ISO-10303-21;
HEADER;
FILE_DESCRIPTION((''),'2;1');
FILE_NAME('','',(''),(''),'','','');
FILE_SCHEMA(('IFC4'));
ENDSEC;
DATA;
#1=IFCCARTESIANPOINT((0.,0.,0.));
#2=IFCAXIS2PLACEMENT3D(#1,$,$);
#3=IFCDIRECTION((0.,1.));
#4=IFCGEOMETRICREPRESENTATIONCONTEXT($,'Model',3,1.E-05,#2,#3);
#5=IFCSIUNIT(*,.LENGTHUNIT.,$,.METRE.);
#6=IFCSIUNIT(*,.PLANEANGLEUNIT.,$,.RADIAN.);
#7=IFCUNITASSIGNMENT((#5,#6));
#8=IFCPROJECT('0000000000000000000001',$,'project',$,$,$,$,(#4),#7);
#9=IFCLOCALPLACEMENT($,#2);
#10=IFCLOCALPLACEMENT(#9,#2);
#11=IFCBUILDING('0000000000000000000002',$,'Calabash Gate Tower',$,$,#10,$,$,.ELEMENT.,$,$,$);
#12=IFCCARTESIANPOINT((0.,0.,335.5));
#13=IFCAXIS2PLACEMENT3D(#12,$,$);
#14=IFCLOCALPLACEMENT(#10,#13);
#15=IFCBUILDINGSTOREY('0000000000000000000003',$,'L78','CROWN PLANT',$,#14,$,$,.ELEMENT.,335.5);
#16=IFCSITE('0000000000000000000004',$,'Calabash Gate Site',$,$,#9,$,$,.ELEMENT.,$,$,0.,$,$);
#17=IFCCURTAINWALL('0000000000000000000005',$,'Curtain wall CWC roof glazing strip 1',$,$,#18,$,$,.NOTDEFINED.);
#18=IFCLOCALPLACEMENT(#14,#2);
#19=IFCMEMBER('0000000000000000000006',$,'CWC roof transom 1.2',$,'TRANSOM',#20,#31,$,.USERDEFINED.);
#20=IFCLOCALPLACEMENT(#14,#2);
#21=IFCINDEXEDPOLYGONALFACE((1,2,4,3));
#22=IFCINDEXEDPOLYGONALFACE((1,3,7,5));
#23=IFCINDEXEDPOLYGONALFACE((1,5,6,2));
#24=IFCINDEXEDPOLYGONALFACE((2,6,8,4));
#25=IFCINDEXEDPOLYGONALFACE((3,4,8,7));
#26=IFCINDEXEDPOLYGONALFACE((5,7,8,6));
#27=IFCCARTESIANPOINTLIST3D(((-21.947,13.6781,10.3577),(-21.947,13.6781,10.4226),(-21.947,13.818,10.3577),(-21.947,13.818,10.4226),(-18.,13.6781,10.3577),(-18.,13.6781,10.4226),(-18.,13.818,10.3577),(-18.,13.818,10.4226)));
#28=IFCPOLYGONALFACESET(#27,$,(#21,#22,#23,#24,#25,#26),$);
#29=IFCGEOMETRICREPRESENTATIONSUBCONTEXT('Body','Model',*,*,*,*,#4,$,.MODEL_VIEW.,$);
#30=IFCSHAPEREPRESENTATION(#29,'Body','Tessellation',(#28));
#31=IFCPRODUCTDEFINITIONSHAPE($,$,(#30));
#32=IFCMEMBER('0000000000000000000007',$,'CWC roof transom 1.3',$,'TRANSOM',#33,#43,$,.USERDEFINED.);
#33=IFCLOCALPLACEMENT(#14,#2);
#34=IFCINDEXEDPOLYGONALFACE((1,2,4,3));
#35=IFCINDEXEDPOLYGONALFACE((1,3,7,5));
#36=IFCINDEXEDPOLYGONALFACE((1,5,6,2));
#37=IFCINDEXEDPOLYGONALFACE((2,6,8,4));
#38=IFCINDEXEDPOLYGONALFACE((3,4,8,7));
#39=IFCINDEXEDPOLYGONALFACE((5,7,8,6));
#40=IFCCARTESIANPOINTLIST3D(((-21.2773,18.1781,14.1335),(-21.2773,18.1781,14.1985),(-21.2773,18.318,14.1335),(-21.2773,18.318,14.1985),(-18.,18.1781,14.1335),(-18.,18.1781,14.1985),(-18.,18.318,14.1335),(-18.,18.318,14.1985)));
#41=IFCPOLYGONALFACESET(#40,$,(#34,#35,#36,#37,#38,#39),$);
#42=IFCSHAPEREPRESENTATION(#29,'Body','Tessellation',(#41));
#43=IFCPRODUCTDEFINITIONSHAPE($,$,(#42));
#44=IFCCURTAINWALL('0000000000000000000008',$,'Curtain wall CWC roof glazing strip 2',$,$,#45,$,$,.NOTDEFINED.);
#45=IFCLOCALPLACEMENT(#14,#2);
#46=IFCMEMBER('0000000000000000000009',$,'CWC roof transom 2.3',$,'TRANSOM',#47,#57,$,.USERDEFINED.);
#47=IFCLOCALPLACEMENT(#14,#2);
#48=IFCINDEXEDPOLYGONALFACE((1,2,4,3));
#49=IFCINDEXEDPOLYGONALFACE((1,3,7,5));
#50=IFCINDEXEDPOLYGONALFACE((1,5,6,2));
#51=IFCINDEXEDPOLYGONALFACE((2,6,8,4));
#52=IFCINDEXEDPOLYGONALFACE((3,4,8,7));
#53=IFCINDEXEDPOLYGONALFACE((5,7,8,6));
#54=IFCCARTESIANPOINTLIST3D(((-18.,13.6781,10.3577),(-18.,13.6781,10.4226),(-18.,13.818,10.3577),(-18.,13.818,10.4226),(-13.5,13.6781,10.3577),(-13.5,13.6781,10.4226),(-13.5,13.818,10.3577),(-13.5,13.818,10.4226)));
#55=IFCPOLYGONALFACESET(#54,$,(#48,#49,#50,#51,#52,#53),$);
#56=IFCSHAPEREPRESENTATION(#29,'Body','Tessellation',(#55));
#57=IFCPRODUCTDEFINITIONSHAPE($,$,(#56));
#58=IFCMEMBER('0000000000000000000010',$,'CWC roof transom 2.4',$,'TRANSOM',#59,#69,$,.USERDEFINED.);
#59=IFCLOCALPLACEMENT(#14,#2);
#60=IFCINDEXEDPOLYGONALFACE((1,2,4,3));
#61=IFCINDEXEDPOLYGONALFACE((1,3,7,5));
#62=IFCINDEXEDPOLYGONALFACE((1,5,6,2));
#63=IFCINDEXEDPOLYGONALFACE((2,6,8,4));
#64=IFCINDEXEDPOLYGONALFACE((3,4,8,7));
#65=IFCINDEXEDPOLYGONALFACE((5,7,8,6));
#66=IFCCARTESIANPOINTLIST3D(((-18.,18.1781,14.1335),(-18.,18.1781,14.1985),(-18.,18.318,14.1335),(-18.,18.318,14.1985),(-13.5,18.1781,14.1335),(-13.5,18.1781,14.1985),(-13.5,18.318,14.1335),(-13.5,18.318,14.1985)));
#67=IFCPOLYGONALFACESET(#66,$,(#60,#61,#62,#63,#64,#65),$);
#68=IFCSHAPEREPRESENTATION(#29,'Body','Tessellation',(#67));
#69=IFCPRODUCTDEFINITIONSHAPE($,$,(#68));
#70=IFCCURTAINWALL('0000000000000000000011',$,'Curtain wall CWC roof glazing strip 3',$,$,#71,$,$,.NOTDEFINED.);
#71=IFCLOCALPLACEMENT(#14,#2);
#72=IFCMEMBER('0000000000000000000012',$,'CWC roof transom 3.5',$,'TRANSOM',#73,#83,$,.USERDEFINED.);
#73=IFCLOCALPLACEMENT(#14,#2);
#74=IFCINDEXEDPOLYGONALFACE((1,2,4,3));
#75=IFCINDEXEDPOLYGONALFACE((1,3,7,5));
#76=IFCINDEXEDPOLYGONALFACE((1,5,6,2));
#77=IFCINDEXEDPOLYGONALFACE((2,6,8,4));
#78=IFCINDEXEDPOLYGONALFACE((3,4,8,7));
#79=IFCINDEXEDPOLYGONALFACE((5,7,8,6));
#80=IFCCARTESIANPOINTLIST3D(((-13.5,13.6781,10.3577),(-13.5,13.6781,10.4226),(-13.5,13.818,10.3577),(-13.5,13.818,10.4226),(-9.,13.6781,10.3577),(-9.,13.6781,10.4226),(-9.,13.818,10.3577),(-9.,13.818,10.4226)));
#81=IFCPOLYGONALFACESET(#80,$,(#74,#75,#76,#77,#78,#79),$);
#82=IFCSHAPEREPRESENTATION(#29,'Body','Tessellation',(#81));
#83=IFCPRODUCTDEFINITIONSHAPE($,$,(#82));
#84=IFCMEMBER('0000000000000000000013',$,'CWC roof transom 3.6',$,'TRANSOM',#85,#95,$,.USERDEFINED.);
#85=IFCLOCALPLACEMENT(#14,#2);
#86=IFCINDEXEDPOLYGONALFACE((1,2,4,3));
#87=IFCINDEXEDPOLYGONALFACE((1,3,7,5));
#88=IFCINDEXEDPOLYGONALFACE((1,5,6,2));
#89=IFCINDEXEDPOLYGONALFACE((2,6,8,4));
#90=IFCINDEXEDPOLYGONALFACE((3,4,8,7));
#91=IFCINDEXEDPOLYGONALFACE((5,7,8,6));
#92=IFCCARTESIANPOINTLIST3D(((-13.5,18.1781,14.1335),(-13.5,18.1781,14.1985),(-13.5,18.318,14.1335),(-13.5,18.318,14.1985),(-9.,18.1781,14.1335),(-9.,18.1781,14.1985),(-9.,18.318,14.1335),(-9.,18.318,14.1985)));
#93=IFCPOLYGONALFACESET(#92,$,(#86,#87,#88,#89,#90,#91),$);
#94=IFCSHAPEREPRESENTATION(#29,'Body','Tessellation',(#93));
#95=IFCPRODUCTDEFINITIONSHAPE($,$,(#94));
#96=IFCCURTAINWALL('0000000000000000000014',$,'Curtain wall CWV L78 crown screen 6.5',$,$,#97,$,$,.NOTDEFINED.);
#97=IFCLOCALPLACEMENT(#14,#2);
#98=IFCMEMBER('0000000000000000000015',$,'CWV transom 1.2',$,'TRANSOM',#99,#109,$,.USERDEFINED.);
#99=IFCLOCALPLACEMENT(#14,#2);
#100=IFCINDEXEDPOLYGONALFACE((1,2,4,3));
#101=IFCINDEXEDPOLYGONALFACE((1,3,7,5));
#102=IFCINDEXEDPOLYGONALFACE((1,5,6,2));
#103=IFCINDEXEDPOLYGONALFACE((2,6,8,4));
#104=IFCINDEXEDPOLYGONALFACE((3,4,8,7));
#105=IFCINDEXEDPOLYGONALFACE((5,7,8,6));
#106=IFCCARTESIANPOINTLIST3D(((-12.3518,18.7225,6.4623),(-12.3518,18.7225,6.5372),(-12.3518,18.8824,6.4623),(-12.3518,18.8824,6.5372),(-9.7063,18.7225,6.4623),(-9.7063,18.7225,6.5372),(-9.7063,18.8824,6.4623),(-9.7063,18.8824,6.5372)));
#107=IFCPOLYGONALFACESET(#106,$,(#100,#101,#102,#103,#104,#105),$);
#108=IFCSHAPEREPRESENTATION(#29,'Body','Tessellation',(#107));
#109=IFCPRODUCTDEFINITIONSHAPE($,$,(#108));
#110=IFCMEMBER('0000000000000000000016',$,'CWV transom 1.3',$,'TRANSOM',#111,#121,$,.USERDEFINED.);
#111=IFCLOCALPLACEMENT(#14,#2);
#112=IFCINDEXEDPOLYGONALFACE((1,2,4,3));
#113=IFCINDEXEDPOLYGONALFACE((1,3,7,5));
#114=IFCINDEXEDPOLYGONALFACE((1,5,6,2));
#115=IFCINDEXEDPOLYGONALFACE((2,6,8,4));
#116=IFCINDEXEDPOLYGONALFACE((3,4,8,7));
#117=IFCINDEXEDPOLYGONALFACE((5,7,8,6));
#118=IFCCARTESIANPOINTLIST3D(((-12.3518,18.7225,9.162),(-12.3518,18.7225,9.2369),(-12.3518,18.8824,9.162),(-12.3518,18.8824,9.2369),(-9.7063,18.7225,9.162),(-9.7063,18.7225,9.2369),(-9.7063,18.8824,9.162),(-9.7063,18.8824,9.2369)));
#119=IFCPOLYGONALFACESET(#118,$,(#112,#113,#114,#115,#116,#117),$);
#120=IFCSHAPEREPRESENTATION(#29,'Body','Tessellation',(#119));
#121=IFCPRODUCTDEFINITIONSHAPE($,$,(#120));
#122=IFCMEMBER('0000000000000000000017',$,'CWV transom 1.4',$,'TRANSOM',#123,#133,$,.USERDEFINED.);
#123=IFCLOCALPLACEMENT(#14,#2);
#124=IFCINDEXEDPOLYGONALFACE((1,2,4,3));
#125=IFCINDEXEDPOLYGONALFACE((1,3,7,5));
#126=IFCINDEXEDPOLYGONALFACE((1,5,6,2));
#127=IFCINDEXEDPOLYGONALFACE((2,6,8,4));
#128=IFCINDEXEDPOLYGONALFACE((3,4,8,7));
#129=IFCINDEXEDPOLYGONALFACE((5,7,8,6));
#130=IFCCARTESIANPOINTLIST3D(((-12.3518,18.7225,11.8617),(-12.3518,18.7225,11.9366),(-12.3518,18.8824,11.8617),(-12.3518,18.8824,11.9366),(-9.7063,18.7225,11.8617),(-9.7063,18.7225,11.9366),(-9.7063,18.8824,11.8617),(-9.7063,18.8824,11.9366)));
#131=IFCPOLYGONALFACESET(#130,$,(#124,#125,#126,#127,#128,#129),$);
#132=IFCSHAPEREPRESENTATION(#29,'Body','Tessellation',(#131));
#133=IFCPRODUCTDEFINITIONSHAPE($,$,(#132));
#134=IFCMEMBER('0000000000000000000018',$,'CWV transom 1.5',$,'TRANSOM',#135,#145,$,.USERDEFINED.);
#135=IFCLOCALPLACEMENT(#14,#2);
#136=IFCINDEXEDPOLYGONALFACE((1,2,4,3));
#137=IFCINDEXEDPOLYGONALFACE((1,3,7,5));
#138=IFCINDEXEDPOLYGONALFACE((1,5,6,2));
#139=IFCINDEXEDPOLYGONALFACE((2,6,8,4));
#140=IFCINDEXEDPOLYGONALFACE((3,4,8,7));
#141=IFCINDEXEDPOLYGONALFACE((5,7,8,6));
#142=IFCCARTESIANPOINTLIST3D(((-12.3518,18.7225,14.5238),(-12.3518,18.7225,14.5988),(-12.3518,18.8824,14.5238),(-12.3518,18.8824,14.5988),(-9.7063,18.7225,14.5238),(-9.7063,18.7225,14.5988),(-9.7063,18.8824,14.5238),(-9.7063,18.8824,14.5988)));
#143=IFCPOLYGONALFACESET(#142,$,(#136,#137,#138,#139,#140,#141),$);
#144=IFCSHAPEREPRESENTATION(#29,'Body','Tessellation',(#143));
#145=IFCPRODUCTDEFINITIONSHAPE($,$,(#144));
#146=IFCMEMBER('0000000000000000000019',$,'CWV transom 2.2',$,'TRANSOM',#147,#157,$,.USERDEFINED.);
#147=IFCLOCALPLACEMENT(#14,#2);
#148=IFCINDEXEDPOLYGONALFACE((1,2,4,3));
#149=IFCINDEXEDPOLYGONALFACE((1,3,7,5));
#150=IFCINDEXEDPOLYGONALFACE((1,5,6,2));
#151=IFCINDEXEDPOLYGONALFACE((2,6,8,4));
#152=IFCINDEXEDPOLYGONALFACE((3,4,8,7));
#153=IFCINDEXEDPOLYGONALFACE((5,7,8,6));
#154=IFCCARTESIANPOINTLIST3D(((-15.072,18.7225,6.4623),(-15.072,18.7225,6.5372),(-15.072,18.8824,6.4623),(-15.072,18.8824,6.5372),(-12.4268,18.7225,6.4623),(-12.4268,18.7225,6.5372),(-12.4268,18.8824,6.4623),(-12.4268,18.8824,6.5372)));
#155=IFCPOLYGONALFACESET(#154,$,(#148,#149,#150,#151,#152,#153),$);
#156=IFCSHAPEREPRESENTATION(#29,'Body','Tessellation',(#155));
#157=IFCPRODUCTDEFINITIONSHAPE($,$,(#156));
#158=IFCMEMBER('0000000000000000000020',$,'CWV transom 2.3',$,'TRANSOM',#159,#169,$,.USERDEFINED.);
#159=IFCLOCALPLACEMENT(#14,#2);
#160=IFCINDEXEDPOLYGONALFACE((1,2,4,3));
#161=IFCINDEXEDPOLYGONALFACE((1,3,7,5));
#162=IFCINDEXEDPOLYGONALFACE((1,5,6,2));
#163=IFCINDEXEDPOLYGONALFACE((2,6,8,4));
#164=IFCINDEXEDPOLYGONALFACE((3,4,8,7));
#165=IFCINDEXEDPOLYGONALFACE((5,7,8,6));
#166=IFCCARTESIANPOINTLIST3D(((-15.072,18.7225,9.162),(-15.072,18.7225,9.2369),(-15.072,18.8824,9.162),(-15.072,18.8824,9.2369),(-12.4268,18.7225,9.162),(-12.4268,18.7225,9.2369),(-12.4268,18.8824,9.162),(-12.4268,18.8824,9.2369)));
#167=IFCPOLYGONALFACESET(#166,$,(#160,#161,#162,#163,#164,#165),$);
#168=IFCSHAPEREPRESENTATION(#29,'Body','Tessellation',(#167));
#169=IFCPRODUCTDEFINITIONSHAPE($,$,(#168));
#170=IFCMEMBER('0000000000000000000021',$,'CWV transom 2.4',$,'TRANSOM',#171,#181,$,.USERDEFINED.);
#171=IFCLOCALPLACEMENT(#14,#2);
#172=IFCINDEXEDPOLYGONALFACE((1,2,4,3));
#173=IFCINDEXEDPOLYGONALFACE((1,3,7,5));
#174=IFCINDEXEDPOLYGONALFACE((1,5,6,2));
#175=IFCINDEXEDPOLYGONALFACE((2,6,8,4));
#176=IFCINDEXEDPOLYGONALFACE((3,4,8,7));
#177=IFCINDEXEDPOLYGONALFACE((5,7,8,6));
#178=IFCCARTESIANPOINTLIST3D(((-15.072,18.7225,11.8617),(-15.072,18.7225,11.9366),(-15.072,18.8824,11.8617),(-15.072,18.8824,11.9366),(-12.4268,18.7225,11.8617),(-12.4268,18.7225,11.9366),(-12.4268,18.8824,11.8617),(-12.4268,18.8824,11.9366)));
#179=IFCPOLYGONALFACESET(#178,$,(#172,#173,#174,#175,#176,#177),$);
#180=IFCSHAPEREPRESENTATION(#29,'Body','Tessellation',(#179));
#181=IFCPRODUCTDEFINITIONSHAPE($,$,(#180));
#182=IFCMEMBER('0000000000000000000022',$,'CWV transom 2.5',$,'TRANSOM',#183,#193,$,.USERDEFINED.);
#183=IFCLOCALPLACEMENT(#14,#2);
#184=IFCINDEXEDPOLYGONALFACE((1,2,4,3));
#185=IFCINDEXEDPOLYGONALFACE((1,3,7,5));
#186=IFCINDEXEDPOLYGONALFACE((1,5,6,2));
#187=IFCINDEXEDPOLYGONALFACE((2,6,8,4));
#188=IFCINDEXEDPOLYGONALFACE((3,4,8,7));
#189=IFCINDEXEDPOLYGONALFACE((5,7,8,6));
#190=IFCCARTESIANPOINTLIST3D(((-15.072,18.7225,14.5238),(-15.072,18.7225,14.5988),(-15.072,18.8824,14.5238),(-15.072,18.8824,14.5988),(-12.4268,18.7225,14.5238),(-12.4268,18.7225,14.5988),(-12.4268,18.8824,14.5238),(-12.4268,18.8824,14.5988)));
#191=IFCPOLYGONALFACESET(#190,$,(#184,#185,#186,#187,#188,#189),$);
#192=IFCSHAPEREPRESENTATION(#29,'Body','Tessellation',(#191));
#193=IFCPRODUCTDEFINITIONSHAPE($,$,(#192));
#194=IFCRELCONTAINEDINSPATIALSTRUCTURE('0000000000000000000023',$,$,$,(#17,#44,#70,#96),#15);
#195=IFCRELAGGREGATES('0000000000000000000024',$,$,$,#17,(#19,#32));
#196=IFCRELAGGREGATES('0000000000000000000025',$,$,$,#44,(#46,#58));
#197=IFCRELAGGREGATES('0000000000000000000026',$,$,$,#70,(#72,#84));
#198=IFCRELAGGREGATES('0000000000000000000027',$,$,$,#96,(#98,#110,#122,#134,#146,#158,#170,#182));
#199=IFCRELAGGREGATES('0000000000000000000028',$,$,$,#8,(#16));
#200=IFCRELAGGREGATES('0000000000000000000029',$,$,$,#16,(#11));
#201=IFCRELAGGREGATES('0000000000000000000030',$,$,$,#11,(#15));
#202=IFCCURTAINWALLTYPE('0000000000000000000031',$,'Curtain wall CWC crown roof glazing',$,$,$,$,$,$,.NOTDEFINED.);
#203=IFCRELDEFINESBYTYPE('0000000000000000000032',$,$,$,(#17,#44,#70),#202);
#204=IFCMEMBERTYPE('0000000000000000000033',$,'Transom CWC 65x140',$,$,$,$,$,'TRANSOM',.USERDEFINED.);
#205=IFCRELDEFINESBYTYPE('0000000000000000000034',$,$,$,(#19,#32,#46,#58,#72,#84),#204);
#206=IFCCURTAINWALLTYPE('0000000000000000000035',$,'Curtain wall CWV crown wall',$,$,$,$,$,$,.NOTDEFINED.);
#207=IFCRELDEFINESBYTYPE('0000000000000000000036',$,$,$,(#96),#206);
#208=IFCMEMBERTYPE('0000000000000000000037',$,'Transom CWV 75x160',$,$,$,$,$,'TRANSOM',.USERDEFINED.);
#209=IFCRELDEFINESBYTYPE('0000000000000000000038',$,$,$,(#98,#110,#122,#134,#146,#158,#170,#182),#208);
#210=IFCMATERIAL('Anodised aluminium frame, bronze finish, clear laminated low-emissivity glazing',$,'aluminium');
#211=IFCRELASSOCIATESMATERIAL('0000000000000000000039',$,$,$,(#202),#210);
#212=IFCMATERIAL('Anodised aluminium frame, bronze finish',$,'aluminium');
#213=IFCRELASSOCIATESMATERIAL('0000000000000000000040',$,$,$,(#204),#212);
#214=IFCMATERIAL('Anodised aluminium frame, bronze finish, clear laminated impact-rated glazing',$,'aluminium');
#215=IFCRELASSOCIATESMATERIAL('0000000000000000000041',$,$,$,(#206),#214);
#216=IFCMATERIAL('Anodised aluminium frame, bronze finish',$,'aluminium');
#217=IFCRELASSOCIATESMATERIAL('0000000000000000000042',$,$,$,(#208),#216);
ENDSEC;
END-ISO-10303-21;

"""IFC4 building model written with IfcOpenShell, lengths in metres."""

from ifc_helpers import new_model, si_unit, direction, frame, origin, origin_2d, place, context, subcontext, project, spatial, rectangle, extrude, material, material_profile, profile_set, type_object, element, aggregate, save


model = new_model("IFC4")

# Units and contexts
model_context = context("Model", 3, precision=1e-05, world=origin(), true_north=direction((0.0, 1.0)))
body_context = subcontext(model_context, "Body", "Model", "MODEL_VIEW")
ifc_project = project(units=[si_unit("LENGTHUNIT", "METRE"), si_unit("PLANEANGLEUNIT", "RADIAN")], contexts=[model_context])

# Site, building, storey
site_placement = place(None, origin())
site = spatial("IfcSite", under=ifc_project, at=site_placement, Name="Calabash Gate Site", CompositionType="ELEMENT", RefElevation=0.0)
building_placement = place(site_placement, origin())
building = spatial("IfcBuilding", under=site, at=building_placement, Name="Calabash Gate Tower", CompositionType="ELEMENT")
storey_placement = place(building_placement, frame((0.0, 0.0, 335.5)))
storey = spatial("IfcBuildingStorey", under=building, at=storey_placement, Name="L78", Description="CROWN PLANT", CompositionType="ELEMENT", Elevation=335.5)

# Curtain walls, members
ifc_material_1 = material(Name="Anodised aluminium frame, bronze finish, clear laminated low-emissivity glazing", Category="aluminium")
curtain_wall_type_1 = type_object("IfcCurtainWallType", Name="Curtain wall CWC crown roof glazing", PredefinedType="NOTDEFINED", material=ifc_material_1)
curtain_wall_1_placement = place(storey_placement, origin())
curtain_wall_1 = element("IfcCurtainWall", 1, at=curtain_wall_1_placement, inside=storey, type_object=curtain_wall_type_1, Name="Curtain wall CWC roof glazing strip 1", PredefinedType="NOTDEFINED")
ifc_material_2 = material(Name="Anodised aluminium frame, bronze finish", Category="aluminium")
ifc_material_profile_1 = material_profile(ifc_material_2, rectangle(XDim=0.1399, YDim=0.0649, at=origin_2d()))
ifc_profile_set_1 = profile_set([ifc_material_profile_1], Name="Anodised aluminium frame, bronze finish")
member_type_1 = type_object("IfcMemberType", Name="Transom CWC 65x140", ElementType="TRANSOM", PredefinedType="USERDEFINED", material=ifc_profile_set_1)
member_1_placement = place(storey_placement, frame((-21.947, 13.748, 10.3901), z_axis=(1.0, 0.0, 0.0), x_axis=(0.0, 1.0, 0.0)))
member_1 = element("IfcMember", 2, at=member_1_placement, type_object=member_type_1, Name="CWC roof transom 1.2", ObjectType="TRANSOM", PredefinedType="USERDEFINED", context=body_context, shape_type="SweptSolid", body=[
    extrude(rectangle(XDim=0.1399, YDim=0.0649, at=origin_2d()), origin(), (0.0, 0.0, 1.0), 3.947),
])
member_2_placement = place(storey_placement, frame((-21.2773, 18.248, 14.166), z_axis=(1.0, 0.0, 0.0), x_axis=(0.0, 1.0, 0.0)))
member_2 = element("IfcMember", 3, at=member_2_placement, type_object=member_type_1, Name="CWC roof transom 1.3", ObjectType="TRANSOM", PredefinedType="USERDEFINED", context=body_context, shape_type="SweptSolid", body=[
    extrude(rectangle(XDim=0.1399, YDim=0.0649, at=origin_2d()), origin(), (0.0, 0.0, 1.0), 3.2773),
])
curtain_wall_2_placement = place(storey_placement, origin())
curtain_wall_2 = element("IfcCurtainWall", 4, at=curtain_wall_2_placement, inside=storey, type_object=curtain_wall_type_1, Name="Curtain wall CWC roof glazing strip 2", PredefinedType="NOTDEFINED")
member_3_placement = place(storey_placement, frame((-18.0, 13.748, 10.3901), z_axis=(1.0, 0.0, 0.0), x_axis=(0.0, 1.0, 0.0)))
member_3 = element("IfcMember", 5, at=member_3_placement, type_object=member_type_1, Name="CWC roof transom 2.3", ObjectType="TRANSOM", PredefinedType="USERDEFINED", context=body_context, shape_type="SweptSolid", body=[
    extrude(rectangle(XDim=0.1399, YDim=0.0649, at=origin_2d()), origin(), (0.0, 0.0, 1.0), 4.5),
])
member_4_placement = place(storey_placement, frame((-18.0, 18.248, 14.166), z_axis=(1.0, 0.0, 0.0), x_axis=(0.0, 1.0, 0.0)))
member_4 = element("IfcMember", 6, at=member_4_placement, type_object=member_type_1, Name="CWC roof transom 2.4", ObjectType="TRANSOM", PredefinedType="USERDEFINED", context=body_context, shape_type="SweptSolid", body=[
    extrude(rectangle(XDim=0.1399, YDim=0.0649, at=origin_2d()), origin(), (0.0, 0.0, 1.0), 4.5),
])
curtain_wall_3_placement = place(storey_placement, origin())
curtain_wall_3 = element("IfcCurtainWall", 7, at=curtain_wall_3_placement, inside=storey, type_object=curtain_wall_type_1, Name="Curtain wall CWC roof glazing strip 3", PredefinedType="NOTDEFINED")
member_5_placement = place(storey_placement, frame((-13.5, 13.748, 10.3901), z_axis=(1.0, 0.0, 0.0), x_axis=(0.0, 1.0, 0.0)))
member_5 = element("IfcMember", 8, at=member_5_placement, type_object=member_type_1, Name="CWC roof transom 3.5", ObjectType="TRANSOM", PredefinedType="USERDEFINED", context=body_context, shape_type="SweptSolid", body=[
    extrude(rectangle(XDim=0.1399, YDim=0.0649, at=origin_2d()), origin(), (0.0, 0.0, 1.0), 4.5),
])
member_6_placement = place(storey_placement, frame((-13.5, 18.248, 14.166), z_axis=(1.0, 0.0, 0.0), x_axis=(0.0, 1.0, 0.0)))
member_6 = element("IfcMember", 9, at=member_6_placement, type_object=member_type_1, Name="CWC roof transom 3.6", ObjectType="TRANSOM", PredefinedType="USERDEFINED", context=body_context, shape_type="SweptSolid", body=[
    extrude(rectangle(XDim=0.1399, YDim=0.0649, at=origin_2d()), origin(), (0.0, 0.0, 1.0), 4.5),
])
ifc_material_3 = material(Name="Anodised aluminium frame, bronze finish, clear laminated impact-rated glazing", Category="aluminium")
curtain_wall_type_2 = type_object("IfcCurtainWallType", Name="Curtain wall CWV crown wall", PredefinedType="NOTDEFINED", material=ifc_material_3)
curtain_wall_4_placement = place(storey_placement, origin())
curtain_wall_4 = element("IfcCurtainWall", 10, at=curtain_wall_4_placement, inside=storey, type_object=curtain_wall_type_2, Name="Curtain wall CWV L78 crown screen 6.5", PredefinedType="NOTDEFINED")
ifc_material_4 = material(Name="Anodised aluminium frame, bronze finish", Category="aluminium")
ifc_material_profile_2 = material_profile(ifc_material_4, rectangle(XDim=0.1599, YDim=0.075, at=origin_2d()))
ifc_profile_set_2 = profile_set([ifc_material_profile_2], Name="Anodised aluminium frame, bronze finish")
member_type_2 = type_object("IfcMemberType", Name="Transom CWV 75x160", ElementType="TRANSOM", PredefinedType="USERDEFINED", material=ifc_profile_set_2)
member_7_placement = place(storey_placement, frame((-9.7063, 18.8025, 6.4998), z_axis=(-1.0, 0.0, 0.0), x_axis=(0.0, -1.0, 0.0)))
member_7 = element("IfcMember", 11, at=member_7_placement, type_object=member_type_2, Name="CWV transom 1.2", ObjectType="TRANSOM", PredefinedType="USERDEFINED", context=body_context, shape_type="SweptSolid", body=[
    extrude(rectangle(XDim=0.1599, YDim=0.075, at=origin_2d()), origin(), (0.0, 0.0, 1.0), 2.6455),
])
member_8_placement = place(storey_placement, frame((-9.7063, 18.8025, 9.1995), z_axis=(-1.0, 0.0, 0.0), x_axis=(0.0, -1.0, 0.0)))
member_8 = element("IfcMember", 12, at=member_8_placement, type_object=member_type_2, Name="CWV transom 1.3", ObjectType="TRANSOM", PredefinedType="USERDEFINED", context=body_context, shape_type="SweptSolid", body=[
    extrude(rectangle(XDim=0.1599, YDim=0.075, at=origin_2d()), origin(), (0.0, 0.0, 1.0), 2.6455),
])
member_9_placement = place(storey_placement, frame((-9.7063, 18.8025, 11.8992), z_axis=(-1.0, 0.0, 0.0), x_axis=(0.0, -1.0, 0.0)))
member_9 = element("IfcMember", 13, at=member_9_placement, type_object=member_type_2, Name="CWV transom 1.4", ObjectType="TRANSOM", PredefinedType="USERDEFINED", context=body_context, shape_type="SweptSolid", body=[
    extrude(rectangle(XDim=0.1599, YDim=0.075, at=origin_2d()), origin(), (0.0, 0.0, 1.0), 2.6455),
])
member_10_placement = place(storey_placement, frame((-9.7063, 18.8025, 14.5613), z_axis=(-1.0, 0.0, 0.0), x_axis=(0.0, -1.0, 0.0)))
member_10 = element("IfcMember", 14, at=member_10_placement, type_object=member_type_2, Name="CWV transom 1.5", ObjectType="TRANSOM", PredefinedType="USERDEFINED", context=body_context, shape_type="SweptSolid", body=[
    extrude(rectangle(XDim=0.1599, YDim=0.075, at=origin_2d()), origin(), (0.0, 0.0, 1.0), 2.6455),
])
member_11_placement = place(storey_placement, frame((-12.4268, 18.8025, 6.4998), z_axis=(-1.0, 0.0, 0.0), x_axis=(0.0, -1.0, 0.0)))
member_11 = element("IfcMember", 15, at=member_11_placement, type_object=member_type_2, Name="CWV transom 2.2", ObjectType="TRANSOM", PredefinedType="USERDEFINED", context=body_context, shape_type="SweptSolid", body=[
    extrude(rectangle(XDim=0.1599, YDim=0.075, at=origin_2d()), origin(), (0.0, 0.0, 1.0), 2.6453),
])
member_12_placement = place(storey_placement, frame((-12.4268, 18.8025, 9.1995), z_axis=(-1.0, 0.0, 0.0), x_axis=(0.0, -1.0, 0.0)))
member_12 = element("IfcMember", 16, at=member_12_placement, type_object=member_type_2, Name="CWV transom 2.3", ObjectType="TRANSOM", PredefinedType="USERDEFINED", context=body_context, shape_type="SweptSolid", body=[
    extrude(rectangle(XDim=0.1599, YDim=0.075, at=origin_2d()), origin(), (0.0, 0.0, 1.0), 2.6453),
])
member_13_placement = place(storey_placement, frame((-12.4268, 18.8025, 11.8992), z_axis=(-1.0, 0.0, 0.0), x_axis=(0.0, -1.0, 0.0)))
member_13 = element("IfcMember", 17, at=member_13_placement, type_object=member_type_2, Name="CWV transom 2.4", ObjectType="TRANSOM", PredefinedType="USERDEFINED", context=body_context, shape_type="SweptSolid", body=[
    extrude(rectangle(XDim=0.1599, YDim=0.075, at=origin_2d()), origin(), (0.0, 0.0, 1.0), 2.6453),
])
member_14_placement = place(storey_placement, frame((-12.4268, 18.8025, 14.5613), z_axis=(-1.0, 0.0, 0.0), x_axis=(0.0, -1.0, 0.0)))
member_14 = element("IfcMember", 18, at=member_14_placement, type_object=member_type_2, Name="CWV transom 2.5", ObjectType="TRANSOM", PredefinedType="USERDEFINED", context=body_context, shape_type="SweptSolid", body=[
    extrude(rectangle(XDim=0.1599, YDim=0.075, at=origin_2d()), origin(), (0.0, 0.0, 1.0), 2.6453),
])

aggregate(curtain_wall_1, [member_1, member_2])
aggregate(curtain_wall_2, [member_3, member_4])
aggregate(curtain_wall_3, [member_5, member_6])
aggregate(curtain_wall_4, [member_7, member_8, member_9, member_10, member_11, member_12, member_13, member_14])

save(model, "model.ifc")
